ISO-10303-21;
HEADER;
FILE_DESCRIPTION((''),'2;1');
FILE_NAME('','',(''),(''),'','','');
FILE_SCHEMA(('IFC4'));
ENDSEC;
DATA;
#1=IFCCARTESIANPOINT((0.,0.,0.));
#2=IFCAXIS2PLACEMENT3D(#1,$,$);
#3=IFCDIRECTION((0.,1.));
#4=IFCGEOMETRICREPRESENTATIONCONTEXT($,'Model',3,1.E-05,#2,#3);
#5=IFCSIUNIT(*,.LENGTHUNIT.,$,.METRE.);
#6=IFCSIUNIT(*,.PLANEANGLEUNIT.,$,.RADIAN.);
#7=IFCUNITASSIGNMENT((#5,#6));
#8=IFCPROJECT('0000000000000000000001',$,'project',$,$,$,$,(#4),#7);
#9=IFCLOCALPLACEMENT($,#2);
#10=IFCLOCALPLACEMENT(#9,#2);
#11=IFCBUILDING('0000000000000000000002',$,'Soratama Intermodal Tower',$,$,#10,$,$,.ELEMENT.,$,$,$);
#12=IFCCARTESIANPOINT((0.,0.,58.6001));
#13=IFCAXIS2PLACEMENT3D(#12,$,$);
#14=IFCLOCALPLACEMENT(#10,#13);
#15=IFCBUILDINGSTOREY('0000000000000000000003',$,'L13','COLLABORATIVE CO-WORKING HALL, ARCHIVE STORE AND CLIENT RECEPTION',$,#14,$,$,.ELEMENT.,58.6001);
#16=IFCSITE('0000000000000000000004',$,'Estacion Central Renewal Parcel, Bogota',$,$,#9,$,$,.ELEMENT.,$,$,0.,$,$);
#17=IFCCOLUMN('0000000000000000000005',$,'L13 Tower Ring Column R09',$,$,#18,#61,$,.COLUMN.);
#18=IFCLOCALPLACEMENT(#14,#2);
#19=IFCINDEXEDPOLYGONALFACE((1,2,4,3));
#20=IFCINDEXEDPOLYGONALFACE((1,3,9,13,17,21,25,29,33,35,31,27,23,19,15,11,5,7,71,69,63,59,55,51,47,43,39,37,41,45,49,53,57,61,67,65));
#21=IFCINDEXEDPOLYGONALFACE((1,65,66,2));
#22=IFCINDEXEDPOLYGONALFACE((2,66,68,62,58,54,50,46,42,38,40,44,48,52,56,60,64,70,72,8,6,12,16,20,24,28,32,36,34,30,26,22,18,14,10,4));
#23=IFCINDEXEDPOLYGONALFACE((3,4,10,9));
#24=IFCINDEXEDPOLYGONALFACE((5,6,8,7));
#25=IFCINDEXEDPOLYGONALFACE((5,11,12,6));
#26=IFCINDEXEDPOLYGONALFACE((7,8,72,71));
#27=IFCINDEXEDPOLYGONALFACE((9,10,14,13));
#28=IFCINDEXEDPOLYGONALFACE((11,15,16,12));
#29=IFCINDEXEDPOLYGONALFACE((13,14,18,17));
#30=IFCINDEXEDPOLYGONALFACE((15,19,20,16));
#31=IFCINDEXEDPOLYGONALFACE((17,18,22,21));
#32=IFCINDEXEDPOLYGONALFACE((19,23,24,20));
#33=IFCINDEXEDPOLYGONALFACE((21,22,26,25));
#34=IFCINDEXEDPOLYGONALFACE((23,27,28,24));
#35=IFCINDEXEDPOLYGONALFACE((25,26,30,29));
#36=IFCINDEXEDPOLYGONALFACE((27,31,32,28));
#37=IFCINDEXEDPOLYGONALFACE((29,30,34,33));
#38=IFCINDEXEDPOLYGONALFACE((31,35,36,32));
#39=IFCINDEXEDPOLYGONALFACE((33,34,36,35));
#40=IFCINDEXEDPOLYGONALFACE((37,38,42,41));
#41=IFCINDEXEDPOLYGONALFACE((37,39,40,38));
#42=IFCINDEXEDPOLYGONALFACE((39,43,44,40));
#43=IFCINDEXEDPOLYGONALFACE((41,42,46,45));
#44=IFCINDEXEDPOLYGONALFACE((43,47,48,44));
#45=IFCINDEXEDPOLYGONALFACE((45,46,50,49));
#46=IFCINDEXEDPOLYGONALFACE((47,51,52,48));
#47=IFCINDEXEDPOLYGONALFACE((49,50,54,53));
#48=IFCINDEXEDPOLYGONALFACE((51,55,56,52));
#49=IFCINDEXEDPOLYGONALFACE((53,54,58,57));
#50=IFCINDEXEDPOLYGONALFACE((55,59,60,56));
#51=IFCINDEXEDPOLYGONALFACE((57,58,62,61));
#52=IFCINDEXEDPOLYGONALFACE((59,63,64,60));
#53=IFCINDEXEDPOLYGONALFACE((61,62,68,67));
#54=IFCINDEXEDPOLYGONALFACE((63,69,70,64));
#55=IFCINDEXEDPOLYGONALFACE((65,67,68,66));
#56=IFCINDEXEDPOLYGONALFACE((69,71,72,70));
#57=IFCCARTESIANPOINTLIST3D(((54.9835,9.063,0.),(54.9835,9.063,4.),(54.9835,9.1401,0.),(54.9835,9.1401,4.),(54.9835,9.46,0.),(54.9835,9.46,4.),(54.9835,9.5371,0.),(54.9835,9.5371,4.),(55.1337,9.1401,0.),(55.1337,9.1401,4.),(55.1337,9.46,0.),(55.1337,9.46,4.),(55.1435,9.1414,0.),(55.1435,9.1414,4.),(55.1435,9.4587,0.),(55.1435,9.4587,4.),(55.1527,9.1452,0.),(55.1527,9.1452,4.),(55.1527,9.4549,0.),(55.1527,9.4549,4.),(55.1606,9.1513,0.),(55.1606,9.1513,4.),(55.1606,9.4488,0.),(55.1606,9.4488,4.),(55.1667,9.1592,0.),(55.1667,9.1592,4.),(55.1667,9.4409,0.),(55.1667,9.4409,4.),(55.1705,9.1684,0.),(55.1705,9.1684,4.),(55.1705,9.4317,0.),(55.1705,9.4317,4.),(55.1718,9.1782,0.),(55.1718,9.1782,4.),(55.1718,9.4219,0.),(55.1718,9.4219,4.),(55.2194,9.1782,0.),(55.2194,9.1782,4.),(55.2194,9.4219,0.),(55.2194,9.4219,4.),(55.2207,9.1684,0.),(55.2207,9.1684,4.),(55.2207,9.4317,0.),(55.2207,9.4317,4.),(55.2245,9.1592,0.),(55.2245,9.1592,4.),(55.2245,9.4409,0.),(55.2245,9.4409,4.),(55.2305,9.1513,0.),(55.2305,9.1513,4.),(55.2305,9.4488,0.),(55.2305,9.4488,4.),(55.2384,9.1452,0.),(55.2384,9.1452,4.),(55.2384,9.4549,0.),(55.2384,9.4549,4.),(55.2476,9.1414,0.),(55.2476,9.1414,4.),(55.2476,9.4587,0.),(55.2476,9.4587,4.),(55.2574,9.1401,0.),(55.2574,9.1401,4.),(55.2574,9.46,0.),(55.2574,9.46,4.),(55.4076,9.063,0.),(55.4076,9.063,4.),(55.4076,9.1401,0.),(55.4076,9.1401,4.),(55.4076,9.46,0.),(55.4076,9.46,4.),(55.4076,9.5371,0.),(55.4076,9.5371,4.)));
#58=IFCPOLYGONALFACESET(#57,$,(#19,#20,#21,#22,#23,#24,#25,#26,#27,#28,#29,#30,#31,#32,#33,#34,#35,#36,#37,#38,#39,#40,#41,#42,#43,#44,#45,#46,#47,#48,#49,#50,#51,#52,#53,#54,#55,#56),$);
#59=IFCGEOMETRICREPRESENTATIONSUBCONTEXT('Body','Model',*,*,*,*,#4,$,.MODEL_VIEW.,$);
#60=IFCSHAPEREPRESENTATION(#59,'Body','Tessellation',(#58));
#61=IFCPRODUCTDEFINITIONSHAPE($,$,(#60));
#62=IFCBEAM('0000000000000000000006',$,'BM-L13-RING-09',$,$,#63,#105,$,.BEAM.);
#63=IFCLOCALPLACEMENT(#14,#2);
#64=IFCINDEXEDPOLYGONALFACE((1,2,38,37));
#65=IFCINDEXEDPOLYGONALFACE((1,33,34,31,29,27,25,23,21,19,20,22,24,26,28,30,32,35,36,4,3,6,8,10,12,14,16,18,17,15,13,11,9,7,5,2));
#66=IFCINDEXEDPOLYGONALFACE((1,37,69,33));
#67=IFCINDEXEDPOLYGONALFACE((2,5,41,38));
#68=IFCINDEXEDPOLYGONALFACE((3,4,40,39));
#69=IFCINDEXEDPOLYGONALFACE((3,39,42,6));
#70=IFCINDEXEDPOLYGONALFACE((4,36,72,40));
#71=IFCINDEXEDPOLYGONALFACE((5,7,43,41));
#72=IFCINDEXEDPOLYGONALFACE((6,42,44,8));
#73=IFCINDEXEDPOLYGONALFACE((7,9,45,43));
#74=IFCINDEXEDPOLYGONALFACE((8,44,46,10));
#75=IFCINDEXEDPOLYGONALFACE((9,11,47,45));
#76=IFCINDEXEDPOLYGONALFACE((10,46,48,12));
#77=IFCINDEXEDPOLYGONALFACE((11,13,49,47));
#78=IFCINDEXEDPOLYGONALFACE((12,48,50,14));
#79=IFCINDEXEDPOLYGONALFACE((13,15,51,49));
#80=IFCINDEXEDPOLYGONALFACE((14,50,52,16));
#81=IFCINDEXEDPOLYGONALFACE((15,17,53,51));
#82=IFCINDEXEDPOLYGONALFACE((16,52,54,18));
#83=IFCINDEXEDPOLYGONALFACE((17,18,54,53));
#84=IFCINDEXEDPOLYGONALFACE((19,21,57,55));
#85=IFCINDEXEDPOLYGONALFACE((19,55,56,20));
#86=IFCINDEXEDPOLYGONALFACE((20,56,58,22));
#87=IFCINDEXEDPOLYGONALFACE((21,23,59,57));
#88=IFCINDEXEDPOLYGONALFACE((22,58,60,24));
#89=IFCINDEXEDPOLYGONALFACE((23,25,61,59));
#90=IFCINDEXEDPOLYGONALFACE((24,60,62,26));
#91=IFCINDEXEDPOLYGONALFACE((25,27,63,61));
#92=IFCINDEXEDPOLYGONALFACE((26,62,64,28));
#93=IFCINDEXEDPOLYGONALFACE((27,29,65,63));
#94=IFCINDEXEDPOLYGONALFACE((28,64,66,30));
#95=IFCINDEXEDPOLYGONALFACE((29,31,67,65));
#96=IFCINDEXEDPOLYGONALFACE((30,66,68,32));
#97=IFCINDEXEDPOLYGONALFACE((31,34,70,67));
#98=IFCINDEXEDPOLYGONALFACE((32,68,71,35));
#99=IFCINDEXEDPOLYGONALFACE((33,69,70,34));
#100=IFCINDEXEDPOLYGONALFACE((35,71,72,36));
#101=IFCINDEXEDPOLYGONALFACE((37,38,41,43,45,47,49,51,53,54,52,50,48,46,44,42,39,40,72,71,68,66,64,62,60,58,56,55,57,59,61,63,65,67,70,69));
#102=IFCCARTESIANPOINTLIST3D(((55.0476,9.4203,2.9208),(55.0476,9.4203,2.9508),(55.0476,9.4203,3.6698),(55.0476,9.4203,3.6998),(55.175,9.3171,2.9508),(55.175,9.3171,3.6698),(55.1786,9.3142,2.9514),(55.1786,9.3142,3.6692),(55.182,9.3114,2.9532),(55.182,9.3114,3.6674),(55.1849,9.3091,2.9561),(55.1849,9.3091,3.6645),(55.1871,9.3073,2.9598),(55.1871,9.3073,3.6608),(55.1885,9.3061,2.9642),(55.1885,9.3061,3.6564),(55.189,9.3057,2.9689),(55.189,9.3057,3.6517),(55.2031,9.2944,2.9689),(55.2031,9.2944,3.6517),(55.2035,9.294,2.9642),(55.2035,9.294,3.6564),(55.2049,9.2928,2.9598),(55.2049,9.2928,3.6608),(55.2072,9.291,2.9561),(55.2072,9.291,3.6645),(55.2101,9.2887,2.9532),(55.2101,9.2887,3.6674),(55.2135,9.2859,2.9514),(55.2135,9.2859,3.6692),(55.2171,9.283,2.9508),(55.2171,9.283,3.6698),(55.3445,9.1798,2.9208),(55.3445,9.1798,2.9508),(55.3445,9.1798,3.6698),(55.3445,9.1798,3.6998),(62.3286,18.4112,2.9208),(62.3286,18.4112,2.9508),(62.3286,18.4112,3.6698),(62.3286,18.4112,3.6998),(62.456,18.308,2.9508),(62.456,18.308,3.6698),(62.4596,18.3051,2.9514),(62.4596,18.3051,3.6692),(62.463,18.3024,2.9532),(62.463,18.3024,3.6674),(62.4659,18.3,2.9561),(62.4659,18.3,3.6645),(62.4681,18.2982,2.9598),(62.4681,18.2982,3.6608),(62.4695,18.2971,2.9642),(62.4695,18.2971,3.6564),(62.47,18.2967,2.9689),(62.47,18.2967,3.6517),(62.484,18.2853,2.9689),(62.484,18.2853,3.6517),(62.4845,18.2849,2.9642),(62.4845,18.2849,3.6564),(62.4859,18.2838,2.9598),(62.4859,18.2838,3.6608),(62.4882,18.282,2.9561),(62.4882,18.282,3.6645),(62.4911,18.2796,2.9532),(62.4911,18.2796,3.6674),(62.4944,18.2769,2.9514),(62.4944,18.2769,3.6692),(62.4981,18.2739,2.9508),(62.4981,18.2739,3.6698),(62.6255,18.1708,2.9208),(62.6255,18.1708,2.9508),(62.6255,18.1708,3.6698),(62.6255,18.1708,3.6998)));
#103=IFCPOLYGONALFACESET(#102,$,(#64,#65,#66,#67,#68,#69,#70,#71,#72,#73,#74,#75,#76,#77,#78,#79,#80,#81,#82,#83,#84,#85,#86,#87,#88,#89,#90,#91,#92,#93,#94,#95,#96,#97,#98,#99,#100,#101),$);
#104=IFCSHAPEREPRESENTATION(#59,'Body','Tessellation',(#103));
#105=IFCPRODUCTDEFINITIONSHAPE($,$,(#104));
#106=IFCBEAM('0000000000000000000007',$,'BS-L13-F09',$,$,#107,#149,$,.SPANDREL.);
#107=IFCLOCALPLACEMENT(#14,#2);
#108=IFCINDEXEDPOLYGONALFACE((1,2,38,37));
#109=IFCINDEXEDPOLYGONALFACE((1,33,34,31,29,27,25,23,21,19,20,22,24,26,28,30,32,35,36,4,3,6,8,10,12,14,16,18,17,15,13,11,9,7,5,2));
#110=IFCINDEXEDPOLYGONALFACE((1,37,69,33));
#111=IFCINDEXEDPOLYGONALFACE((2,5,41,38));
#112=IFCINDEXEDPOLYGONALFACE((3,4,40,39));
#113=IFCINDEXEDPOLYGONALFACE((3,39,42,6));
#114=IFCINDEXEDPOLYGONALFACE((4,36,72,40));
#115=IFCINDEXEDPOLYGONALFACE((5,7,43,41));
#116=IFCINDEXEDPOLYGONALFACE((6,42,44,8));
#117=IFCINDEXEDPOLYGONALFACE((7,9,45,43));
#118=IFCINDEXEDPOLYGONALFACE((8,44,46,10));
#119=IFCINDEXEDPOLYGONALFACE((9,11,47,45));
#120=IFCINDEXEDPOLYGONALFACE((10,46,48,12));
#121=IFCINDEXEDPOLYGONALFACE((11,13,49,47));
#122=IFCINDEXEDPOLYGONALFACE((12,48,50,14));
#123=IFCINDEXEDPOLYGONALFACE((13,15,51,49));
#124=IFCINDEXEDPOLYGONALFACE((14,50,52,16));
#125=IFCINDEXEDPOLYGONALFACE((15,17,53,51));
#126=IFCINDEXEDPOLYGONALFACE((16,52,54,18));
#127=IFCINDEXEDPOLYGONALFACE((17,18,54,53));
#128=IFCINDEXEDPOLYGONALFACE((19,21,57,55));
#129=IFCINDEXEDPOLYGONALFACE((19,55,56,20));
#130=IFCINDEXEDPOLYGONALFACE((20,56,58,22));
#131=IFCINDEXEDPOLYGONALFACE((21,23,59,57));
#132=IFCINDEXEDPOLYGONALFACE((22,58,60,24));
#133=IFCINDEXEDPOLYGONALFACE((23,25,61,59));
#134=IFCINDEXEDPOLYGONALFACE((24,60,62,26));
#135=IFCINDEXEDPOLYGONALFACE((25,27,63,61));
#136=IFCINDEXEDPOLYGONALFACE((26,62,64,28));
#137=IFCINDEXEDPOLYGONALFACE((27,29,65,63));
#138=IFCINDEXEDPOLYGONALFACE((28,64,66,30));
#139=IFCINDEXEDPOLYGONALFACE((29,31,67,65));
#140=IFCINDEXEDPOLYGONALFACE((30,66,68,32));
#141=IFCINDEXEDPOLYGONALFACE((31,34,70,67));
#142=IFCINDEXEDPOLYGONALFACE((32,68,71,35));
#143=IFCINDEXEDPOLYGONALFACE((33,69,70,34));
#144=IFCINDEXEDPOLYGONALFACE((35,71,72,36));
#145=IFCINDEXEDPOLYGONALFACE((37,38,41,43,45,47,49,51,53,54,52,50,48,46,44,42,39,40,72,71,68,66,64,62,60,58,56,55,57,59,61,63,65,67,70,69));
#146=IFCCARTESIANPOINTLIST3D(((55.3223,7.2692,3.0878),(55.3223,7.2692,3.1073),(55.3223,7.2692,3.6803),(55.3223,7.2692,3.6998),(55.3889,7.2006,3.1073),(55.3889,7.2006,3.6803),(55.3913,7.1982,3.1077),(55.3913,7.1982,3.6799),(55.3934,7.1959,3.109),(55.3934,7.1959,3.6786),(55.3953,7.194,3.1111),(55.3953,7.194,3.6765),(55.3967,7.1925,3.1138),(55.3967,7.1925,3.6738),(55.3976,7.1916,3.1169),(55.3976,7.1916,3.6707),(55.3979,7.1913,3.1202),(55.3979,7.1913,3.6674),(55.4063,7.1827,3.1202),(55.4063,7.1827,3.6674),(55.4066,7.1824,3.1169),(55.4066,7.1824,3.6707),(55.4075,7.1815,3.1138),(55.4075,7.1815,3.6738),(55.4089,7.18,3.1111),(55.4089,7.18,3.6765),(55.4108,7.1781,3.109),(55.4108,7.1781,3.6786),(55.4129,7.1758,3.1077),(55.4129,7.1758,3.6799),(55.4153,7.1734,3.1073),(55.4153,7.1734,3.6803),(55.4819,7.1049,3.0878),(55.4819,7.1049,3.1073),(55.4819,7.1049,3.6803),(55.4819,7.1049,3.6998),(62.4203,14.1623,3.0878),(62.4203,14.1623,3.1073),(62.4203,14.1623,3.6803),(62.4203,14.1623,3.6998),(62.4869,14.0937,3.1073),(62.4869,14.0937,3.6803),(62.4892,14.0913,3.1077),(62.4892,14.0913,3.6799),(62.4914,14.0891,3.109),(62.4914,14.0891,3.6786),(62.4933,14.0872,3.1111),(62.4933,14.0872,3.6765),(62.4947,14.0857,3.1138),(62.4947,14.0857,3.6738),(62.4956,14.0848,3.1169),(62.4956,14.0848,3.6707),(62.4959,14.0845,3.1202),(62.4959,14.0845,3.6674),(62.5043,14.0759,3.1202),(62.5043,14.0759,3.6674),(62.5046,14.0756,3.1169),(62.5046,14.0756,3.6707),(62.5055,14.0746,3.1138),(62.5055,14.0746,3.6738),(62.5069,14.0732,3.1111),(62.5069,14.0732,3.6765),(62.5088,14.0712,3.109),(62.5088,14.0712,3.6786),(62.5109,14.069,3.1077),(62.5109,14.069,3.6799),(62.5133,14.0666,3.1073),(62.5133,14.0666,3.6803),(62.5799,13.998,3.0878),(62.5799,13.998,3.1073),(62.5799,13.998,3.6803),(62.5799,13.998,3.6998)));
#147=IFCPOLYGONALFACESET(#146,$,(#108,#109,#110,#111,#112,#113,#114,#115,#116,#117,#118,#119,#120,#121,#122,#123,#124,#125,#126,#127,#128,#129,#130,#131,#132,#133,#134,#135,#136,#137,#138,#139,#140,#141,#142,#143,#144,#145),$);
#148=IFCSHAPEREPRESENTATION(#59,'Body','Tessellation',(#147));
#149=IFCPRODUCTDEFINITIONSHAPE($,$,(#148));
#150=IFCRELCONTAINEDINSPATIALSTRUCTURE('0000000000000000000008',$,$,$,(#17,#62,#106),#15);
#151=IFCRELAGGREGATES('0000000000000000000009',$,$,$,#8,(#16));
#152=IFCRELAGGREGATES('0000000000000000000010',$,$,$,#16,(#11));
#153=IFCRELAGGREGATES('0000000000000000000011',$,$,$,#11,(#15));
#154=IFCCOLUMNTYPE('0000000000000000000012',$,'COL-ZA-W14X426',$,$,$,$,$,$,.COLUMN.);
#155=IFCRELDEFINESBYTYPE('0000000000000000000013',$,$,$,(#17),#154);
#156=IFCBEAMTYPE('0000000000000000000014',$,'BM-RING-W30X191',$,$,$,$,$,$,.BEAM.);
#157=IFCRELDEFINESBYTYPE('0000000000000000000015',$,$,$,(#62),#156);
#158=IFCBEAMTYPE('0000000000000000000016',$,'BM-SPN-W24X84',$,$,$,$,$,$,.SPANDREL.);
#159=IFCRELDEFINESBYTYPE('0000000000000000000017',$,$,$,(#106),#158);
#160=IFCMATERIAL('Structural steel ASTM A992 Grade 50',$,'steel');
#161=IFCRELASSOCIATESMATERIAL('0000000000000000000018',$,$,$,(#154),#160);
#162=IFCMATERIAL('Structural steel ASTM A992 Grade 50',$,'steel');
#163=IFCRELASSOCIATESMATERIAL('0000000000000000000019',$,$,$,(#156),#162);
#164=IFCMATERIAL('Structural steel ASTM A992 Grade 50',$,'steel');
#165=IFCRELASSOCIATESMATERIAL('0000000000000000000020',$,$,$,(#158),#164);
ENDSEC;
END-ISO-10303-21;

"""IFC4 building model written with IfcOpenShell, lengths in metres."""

from ifc_helpers import new_model, si_unit, direction, frame, origin, origin_2d, place, context, subcontext, project, spatial, i_section, extrude, material, material_profile, profile_set, type_object, element, save


model = new_model("IFC4")

# Units and contexts
model_context = context("Model", 3, precision=1e-05, world=origin(), true_north=direction((0.0, 1.0)))
body_context = subcontext(model_context, "Body", "Model", "MODEL_VIEW")
ifc_project = project(units=[si_unit("LENGTHUNIT", "METRE"), si_unit("PLANEANGLEUNIT", "RADIAN")], contexts=[model_context])

# Site, building, storey
site_placement = place(None, origin())
site = spatial("IfcSite", under=ifc_project, at=site_placement, Name="Estacion Central Renewal Parcel, Bogota", CompositionType="ELEMENT", RefElevation=0.0)
building_placement = place(site_placement, origin())
building = spatial("IfcBuilding", under=site, at=building_placement, Name="Soratama Intermodal Tower", CompositionType="ELEMENT")
storey_placement = place(building_placement, frame((0.0, 0.0, 58.6001)))
storey = spatial("IfcBuildingStorey", under=building, at=storey_placement, Name="L13", Description="COLLABORATIVE CO-WORKING HALL, ARCHIVE STORE AND CLIENT RECEPTION", CompositionType="ELEMENT", Elevation=58.6001)

# Column
ifc_material_1 = material(Name="Structural steel ASTM A992 Grade 50", Category="steel")
ifc_material_profile_1 = material_profile(ifc_material_1, i_section(OverallWidth=0.4241, OverallDepth=0.4741, WebThickness=0.0476, FlangeThickness=0.0771, FilletRadius=0.0381, at=origin_2d()), Name="W14X426")
ifc_profile_set_1 = profile_set([ifc_material_profile_1], Name="Structural steel ASTM A992 Grade 50")
column_type = type_object("IfcColumnType", Name="COL-ZA-W14X426", PredefinedType="COLUMN", material=ifc_profile_set_1)
column_placement = place(storey_placement, frame((55.1956, 9.3, 0.0), z_axis=(0.0, 0.0, 1.0), x_axis=(1.0, 0.0, 0.0)))
element("IfcColumn", 1, at=column_placement, inside=storey, type_object=column_type, Name="L13 Tower Ring Column R09", PredefinedType="COLUMN", context=body_context, shape_type="SweptSolid", body=[
    extrude(i_section(OverallWidth=0.4241, OverallDepth=0.4741, WebThickness=0.0476, FlangeThickness=0.0771, FilletRadius=0.0381, at=origin_2d()), origin(), (0.0, 0.0, 1.0), 4.0),
])

# Beams
ifc_material_2 = material(Name="Structural steel ASTM A992 Grade 50", Category="steel")
ifc_material_profile_2 = material_profile(ifc_material_2, i_section(OverallWidth=0.3821, OverallDepth=0.7791, WebThickness=0.0181, FlangeThickness=0.03, FilletRadius=0.0181, at=origin_2d()), Name="W30X191")
ifc_profile_set_2 = profile_set([ifc_material_profile_2], Name="Structural steel ASTM A992 Grade 50")
beam_type_1 = type_object("IfcBeamType", Name="BM-RING-W30X191", PredefinedType="BEAM", material=ifc_profile_set_2)
beam_1_placement = place(storey_placement, frame((55.196, 9.3, 3.3103), z_axis=(0.629334, 0.777135, 0.0), x_axis=(-0.777135, 0.629334, 0.0)))
element("IfcBeam", 2, at=beam_1_placement, inside=storey, type_object=beam_type_1, Name="BM-L13-RING-09", PredefinedType="BEAM", context=body_context, shape_type="SweptSolid", body=[
    extrude(i_section(OverallWidth=0.3821, OverallDepth=0.7791, WebThickness=0.0181, FlangeThickness=0.03, FilletRadius=0.0181, at=origin_2d()), origin(), (0.0, 0.0, 1.0), 11.5693),
])
ifc_material_3 = material(Name="Structural steel ASTM A992 Grade 50", Category="steel")
ifc_material_profile_3 = material_profile(ifc_material_3, i_section(OverallWidth=0.229, OverallDepth=0.6121, WebThickness=0.012, FlangeThickness=0.0195, FilletRadius=0.0129, at=origin_2d()), Name="W24X84")
ifc_profile_set_3 = profile_set([ifc_material_profile_3], Name="Structural steel ASTM A992 Grade 50")
beam_type_2 = type_object("IfcBeamType", Name="BM-SPN-W24X84", PredefinedType="SPANDREL", material=ifc_profile_set_3)
beam_2_placement = place(storey_placement, frame((55.4021, 7.187, 3.3938), z_axis=(0.717382, 0.69668, 0.0), x_axis=(-0.69668, 0.717382, 0.0)))
element("IfcBeam", 3, at=beam_2_placement, inside=storey, type_object=beam_type_2, Name="BS-L13-F09", PredefinedType="SPANDREL", context=body_context, shape_type="SweptSolid", body=[
    extrude(i_section(OverallWidth=0.229, OverallDepth=0.6121, WebThickness=0.012, FlangeThickness=0.0195, FilletRadius=0.0129, at=origin_2d()), origin(), (0.0, 0.0, 1.0), 9.8943),
])

save(model, "model.ifc")
